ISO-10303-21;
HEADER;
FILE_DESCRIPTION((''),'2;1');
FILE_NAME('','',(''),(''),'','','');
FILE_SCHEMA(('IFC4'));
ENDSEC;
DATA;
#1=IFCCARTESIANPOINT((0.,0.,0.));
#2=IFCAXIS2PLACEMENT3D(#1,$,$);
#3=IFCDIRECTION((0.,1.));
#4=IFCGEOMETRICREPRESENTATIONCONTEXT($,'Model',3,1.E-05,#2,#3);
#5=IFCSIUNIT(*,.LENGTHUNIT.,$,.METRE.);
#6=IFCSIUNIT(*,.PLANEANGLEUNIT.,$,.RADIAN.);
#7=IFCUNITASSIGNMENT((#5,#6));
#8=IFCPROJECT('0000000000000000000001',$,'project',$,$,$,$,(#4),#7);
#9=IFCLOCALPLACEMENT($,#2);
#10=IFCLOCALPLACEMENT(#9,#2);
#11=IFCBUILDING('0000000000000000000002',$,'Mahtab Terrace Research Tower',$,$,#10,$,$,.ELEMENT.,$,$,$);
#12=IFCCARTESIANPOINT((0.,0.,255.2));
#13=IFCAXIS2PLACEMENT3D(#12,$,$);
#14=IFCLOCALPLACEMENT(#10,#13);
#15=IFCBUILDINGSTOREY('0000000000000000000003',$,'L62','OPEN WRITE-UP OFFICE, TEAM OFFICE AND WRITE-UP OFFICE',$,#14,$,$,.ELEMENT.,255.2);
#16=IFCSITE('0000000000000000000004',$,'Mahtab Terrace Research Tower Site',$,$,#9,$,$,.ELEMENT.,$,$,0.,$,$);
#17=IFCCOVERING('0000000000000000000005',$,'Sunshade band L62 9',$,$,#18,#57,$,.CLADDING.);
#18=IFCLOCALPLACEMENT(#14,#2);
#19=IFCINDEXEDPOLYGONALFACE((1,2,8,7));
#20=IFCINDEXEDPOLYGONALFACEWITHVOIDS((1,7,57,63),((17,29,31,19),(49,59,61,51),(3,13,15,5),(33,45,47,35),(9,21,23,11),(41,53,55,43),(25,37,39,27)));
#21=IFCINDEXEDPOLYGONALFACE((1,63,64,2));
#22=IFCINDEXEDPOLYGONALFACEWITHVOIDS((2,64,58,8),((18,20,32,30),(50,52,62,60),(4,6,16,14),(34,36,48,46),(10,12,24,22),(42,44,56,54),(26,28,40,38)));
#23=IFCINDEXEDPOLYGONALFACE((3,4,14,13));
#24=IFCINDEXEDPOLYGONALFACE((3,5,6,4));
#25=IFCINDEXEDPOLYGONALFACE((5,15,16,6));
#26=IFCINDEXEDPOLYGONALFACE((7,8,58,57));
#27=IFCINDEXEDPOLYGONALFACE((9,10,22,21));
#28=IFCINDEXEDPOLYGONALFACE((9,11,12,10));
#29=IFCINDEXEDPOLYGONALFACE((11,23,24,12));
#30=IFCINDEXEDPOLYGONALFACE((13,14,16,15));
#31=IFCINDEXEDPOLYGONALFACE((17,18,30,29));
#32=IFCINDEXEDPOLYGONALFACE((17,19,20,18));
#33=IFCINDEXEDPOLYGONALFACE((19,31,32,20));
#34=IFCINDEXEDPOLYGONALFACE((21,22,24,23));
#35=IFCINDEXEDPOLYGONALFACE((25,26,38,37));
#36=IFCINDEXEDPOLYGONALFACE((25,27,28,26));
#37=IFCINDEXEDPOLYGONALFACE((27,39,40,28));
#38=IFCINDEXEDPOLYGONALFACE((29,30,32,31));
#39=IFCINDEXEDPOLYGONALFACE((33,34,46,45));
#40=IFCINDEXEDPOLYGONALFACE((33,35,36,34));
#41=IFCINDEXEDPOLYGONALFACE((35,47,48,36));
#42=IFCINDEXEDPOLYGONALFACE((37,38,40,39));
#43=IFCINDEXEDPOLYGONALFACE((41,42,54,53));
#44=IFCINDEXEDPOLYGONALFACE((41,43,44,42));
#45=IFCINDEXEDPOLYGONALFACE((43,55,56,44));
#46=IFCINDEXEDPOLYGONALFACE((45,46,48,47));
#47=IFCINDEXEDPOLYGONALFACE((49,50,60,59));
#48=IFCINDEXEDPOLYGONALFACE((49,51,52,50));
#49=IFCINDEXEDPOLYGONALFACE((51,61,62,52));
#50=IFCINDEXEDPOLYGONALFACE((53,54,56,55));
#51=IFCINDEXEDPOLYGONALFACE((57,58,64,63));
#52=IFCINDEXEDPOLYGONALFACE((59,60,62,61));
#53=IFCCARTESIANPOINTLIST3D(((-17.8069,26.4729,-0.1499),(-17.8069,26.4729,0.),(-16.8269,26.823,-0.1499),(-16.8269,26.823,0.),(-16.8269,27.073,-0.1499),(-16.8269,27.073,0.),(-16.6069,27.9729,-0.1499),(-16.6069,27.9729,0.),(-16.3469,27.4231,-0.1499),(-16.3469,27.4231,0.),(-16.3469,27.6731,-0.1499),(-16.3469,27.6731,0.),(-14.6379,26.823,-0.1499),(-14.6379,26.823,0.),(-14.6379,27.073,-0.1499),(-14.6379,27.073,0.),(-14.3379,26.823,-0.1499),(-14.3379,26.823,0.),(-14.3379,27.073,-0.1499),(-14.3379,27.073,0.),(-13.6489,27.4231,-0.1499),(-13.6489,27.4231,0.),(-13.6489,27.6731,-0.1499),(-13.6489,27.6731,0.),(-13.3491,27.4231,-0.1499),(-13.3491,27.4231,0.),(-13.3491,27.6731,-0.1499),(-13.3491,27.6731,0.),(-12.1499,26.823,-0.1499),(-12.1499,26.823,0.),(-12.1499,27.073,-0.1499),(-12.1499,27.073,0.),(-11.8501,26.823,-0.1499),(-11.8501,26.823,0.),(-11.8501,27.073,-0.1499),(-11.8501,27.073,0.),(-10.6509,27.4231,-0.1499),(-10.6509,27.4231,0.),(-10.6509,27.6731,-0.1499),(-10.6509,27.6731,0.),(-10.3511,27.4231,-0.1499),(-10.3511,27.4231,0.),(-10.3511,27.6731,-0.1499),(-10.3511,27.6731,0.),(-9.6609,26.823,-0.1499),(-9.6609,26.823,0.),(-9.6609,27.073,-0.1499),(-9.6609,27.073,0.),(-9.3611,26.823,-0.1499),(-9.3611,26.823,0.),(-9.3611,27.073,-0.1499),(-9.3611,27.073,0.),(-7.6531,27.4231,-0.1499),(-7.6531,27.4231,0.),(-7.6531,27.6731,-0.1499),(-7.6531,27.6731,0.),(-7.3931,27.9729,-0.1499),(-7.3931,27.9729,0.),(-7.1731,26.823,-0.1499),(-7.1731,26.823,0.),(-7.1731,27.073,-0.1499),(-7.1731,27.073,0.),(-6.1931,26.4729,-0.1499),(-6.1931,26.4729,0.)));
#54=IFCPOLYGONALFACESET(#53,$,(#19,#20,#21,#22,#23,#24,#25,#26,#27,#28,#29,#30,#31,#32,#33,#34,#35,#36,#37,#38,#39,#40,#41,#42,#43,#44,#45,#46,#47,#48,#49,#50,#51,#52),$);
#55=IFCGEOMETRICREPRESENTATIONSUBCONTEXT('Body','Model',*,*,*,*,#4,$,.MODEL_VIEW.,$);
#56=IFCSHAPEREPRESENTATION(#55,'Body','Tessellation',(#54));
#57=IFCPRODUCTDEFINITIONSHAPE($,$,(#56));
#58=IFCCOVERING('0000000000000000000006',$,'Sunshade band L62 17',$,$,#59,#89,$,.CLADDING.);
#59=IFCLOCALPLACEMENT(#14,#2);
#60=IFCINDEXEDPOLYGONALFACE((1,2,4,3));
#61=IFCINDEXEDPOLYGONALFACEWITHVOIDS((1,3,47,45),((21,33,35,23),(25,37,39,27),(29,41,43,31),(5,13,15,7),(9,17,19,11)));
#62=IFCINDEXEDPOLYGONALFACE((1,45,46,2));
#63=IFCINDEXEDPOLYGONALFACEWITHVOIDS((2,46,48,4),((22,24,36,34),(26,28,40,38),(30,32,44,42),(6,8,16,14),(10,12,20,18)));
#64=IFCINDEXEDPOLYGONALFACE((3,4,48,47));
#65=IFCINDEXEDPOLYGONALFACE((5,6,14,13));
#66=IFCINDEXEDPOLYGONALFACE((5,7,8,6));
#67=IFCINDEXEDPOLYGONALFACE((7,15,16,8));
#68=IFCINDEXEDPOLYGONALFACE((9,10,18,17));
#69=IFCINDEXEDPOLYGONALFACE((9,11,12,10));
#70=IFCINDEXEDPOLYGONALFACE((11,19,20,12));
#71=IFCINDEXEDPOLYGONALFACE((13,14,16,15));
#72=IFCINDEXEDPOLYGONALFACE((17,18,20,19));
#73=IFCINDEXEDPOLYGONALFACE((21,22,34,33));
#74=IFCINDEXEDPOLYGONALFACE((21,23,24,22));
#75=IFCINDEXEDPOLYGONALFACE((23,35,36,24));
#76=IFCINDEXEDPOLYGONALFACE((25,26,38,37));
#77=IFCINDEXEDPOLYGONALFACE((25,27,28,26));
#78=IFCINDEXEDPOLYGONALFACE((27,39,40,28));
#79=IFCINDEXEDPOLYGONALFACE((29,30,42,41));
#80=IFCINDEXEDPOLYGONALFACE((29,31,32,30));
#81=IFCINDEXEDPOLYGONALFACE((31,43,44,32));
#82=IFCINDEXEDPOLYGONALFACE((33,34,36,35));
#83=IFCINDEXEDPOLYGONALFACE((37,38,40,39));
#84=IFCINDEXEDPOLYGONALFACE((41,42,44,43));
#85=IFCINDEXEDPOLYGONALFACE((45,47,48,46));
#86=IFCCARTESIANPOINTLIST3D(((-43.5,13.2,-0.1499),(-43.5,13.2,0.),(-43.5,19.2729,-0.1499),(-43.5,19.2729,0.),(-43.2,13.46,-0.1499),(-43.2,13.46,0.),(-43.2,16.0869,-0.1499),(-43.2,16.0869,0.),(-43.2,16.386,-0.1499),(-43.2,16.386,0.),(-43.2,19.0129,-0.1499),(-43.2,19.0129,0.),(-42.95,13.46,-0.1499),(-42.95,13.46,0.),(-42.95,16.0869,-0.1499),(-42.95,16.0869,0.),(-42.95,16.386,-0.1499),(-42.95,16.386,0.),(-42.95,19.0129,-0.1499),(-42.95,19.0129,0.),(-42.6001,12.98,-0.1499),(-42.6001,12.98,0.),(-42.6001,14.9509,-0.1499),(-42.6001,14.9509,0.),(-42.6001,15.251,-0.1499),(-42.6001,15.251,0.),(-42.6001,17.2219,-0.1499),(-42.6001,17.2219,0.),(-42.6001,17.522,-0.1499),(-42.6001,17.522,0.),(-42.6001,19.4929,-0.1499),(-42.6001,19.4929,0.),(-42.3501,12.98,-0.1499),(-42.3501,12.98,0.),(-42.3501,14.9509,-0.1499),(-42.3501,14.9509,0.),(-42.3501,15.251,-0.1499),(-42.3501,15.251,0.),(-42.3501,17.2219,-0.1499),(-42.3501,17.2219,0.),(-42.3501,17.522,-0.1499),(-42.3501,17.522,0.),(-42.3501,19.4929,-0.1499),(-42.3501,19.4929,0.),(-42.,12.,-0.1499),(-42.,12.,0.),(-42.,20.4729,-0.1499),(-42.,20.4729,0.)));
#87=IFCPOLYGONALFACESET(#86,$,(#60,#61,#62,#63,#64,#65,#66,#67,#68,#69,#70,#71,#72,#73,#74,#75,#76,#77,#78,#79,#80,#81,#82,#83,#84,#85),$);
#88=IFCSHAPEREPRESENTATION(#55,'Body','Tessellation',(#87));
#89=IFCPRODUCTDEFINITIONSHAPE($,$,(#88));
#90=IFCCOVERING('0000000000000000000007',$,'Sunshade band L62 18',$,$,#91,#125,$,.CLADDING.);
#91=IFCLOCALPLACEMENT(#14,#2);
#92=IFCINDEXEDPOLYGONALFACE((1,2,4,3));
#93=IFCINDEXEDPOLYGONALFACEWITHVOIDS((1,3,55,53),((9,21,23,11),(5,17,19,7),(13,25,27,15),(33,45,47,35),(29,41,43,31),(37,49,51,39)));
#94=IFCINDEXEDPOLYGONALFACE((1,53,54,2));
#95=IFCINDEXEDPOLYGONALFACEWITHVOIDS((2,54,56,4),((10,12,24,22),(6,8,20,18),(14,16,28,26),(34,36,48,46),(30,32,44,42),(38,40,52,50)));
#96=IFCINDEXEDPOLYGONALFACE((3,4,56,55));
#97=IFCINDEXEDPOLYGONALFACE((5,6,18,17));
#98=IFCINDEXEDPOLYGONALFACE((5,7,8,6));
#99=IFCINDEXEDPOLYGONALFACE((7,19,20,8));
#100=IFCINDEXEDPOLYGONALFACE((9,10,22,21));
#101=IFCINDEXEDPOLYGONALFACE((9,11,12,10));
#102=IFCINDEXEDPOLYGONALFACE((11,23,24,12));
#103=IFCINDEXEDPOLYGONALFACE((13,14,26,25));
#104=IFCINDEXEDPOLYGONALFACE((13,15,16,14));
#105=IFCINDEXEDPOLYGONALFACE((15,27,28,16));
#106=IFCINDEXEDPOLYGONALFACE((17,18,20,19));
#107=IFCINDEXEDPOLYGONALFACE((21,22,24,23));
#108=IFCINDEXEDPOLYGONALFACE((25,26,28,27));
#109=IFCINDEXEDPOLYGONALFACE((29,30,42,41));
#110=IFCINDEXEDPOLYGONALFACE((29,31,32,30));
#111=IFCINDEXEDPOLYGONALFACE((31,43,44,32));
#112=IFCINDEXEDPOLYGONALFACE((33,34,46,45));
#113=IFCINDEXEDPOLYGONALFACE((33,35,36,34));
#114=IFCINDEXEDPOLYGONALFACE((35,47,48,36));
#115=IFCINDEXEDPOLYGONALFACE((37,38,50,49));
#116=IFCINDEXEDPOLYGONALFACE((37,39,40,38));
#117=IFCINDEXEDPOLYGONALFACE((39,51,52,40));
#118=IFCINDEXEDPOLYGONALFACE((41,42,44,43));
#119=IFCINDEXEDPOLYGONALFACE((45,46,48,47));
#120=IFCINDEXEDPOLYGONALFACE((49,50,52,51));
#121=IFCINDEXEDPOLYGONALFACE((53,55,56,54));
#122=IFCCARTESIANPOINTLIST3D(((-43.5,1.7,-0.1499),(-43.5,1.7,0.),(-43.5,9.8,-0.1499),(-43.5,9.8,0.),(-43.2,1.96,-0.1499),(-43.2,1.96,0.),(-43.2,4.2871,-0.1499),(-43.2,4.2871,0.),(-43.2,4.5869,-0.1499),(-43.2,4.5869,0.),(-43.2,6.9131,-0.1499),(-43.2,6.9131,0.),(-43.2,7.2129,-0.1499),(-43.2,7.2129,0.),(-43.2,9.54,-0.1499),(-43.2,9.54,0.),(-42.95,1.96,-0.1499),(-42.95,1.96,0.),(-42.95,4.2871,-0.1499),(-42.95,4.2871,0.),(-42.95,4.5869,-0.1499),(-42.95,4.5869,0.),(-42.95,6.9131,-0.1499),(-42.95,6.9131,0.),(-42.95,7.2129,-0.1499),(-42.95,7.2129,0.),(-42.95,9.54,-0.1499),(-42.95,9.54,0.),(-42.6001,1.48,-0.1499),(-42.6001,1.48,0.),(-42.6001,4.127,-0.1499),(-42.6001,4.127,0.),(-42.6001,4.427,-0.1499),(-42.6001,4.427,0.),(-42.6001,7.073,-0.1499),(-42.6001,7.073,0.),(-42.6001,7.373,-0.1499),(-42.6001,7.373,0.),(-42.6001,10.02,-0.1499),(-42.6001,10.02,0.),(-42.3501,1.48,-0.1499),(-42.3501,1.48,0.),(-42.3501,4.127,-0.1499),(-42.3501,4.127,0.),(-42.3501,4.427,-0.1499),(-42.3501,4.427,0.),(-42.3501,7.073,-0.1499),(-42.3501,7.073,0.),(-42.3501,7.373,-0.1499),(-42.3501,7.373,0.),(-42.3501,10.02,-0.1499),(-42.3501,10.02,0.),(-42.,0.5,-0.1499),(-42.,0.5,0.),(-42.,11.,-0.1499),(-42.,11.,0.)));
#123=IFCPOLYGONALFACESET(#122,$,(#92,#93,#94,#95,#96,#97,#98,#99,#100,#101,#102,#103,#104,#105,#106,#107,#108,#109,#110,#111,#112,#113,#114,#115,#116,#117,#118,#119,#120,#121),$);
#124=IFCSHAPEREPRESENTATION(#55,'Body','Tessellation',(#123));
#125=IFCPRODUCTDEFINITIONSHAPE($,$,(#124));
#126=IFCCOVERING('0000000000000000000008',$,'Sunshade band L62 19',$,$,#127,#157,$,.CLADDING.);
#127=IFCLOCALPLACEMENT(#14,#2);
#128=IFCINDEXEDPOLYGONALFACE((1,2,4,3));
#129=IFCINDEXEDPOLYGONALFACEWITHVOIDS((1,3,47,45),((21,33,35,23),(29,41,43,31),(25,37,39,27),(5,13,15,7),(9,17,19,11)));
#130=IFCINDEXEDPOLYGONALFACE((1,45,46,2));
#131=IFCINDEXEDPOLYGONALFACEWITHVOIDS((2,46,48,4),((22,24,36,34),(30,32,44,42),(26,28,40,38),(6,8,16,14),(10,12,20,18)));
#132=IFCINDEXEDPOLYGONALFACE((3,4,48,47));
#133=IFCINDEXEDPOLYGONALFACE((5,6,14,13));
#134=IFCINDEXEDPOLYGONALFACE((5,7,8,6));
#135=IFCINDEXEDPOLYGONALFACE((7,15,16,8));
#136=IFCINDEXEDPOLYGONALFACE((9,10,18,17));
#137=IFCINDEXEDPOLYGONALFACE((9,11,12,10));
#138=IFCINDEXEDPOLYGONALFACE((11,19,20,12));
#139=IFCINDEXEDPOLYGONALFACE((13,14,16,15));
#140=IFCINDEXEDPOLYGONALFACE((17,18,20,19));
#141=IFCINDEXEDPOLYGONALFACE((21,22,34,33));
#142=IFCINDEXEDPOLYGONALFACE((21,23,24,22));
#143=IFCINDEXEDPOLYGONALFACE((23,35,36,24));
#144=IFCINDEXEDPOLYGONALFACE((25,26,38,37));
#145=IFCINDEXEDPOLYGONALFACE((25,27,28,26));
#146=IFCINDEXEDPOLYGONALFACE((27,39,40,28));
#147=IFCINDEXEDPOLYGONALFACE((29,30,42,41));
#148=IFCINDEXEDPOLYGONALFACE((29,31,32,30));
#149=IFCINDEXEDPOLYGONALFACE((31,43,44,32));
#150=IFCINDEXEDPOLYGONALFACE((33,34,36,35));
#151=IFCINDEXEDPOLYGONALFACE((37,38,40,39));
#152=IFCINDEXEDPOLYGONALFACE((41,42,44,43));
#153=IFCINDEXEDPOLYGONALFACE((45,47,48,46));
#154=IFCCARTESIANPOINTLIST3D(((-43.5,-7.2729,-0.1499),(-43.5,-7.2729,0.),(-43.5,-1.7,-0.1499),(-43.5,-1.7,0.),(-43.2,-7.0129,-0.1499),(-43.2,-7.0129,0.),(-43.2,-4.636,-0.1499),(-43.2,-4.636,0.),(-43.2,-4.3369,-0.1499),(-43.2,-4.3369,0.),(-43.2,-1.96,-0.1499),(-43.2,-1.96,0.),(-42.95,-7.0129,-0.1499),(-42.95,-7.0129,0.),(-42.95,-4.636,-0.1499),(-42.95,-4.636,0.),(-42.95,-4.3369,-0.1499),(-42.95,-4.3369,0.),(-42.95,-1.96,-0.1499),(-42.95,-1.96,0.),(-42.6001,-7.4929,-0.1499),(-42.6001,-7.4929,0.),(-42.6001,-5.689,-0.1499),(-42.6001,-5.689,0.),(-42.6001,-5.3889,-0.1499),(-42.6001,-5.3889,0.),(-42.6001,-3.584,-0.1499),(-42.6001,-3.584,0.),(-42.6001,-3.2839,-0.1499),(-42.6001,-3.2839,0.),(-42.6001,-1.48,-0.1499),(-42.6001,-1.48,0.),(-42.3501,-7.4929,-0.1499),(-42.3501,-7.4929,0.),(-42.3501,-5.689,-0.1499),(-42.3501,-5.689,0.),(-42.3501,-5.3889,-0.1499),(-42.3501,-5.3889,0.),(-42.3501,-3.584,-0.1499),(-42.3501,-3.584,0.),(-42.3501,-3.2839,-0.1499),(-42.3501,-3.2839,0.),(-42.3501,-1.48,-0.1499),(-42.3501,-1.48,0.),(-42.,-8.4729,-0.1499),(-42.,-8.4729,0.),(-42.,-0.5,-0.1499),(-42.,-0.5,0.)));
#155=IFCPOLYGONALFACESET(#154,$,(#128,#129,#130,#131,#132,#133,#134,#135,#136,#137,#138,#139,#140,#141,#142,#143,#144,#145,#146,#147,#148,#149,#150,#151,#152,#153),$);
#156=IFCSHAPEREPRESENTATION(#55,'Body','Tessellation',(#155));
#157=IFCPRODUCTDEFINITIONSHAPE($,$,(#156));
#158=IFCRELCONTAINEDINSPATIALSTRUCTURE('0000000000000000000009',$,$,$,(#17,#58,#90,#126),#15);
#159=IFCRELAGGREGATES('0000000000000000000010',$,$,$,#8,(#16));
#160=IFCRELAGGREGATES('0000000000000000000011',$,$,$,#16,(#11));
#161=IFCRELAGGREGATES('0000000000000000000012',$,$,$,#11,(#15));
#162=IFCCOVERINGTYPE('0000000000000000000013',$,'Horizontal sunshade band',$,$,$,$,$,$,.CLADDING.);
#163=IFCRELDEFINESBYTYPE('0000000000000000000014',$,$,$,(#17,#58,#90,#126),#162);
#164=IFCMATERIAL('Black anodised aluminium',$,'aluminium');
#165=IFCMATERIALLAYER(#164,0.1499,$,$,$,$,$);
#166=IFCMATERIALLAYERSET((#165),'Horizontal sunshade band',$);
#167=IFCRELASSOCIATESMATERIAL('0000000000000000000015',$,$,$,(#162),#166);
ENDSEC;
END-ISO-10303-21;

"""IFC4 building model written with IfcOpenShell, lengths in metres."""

from ifc_helpers import new_model, si_unit, direction, frame, origin, place, context, subcontext, project, spatial, polyline, outline, extrude, material, layer, layer_set, type_object, element, save


model = new_model("IFC4")

# Units and contexts
model_context = context("Model", 3, precision=1e-05, world=origin(), true_north=direction((0.0, 1.0)))
body_context = subcontext(model_context, "Body", "Model", "MODEL_VIEW")
ifc_project = project(units=[si_unit("LENGTHUNIT", "METRE"), si_unit("PLANEANGLEUNIT", "RADIAN")], contexts=[model_context])

# Site, building, storey
site_placement = place(None, origin())
site = spatial("IfcSite", under=ifc_project, at=site_placement, Name="Mahtab Terrace Research Tower Site", CompositionType="ELEMENT", RefElevation=0.0)
building_placement = place(site_placement, origin())
building = spatial("IfcBuilding", under=site, at=building_placement, Name="Mahtab Terrace Research Tower", CompositionType="ELEMENT")
storey_placement = place(building_placement, frame((0.0, 0.0, 255.2)))
storey = spatial("IfcBuildingStorey", under=building, at=storey_placement, Name="L62", Description="OPEN WRITE-UP OFFICE, TEAM OFFICE AND WRITE-UP OFFICE", CompositionType="ELEMENT", Elevation=255.2)

# Coverings
ifc_material_1 = material(Name="Black anodised aluminium", Category="aluminium")
ifc_layer_1 = layer(ifc_material_1, 0.1499)
ifc_layer_set_1 = layer_set([ifc_layer_1], Name="Horizontal sunshade band")
covering_type_1 = type_object("IfcCoveringType", Name="Horizontal sunshade band", PredefinedType="CLADDING", material=ifc_layer_set_1)
covering_1_placement = place(storey_placement, frame((0.0, 0.0, -0.1499)))
element("IfcCovering", 1, at=covering_1_placement, inside=storey, type_object=covering_type_1, Name="Sunshade band L62 9", PredefinedType="CLADDING", context=body_context, shape_type="SweptSolid", body=[
    extrude(outline(polyline([(-6.1931, 26.4729), (-17.8069, 26.4729), (-16.6069, 27.9729), (-7.3931, 27.9729), (-6.1931, 26.4729)]), holes=[polyline([(-7.1731, 26.823), (-9.3611, 26.823), (-9.3611, 27.073), (-7.1731, 27.073), (-7.1731, 26.823)]), polyline([(-9.6609, 26.823), (-11.8501, 26.823), (-11.8501, 27.073), (-9.6609, 27.073), (-9.6609, 26.823)]), polyline([(-12.1499, 26.823), (-14.3379, 26.823), (-14.3379, 27.073), (-12.1499, 27.073), (-12.1499, 26.823)]), polyline([(-14.6379, 26.823), (-16.8269, 26.823), (-16.8269, 27.073), (-14.6379, 27.073), (-14.6379, 26.823)]), polyline([(-7.6531, 27.4231), (-10.3511, 27.4231), (-10.3511, 27.6731), (-7.6531, 27.6731), (-7.6531, 27.4231)]), polyline([(-10.6509, 27.4231), (-13.3491, 27.4231), (-13.3491, 27.6731), (-10.6509, 27.6731), (-10.6509, 27.4231)]), polyline([(-13.6489, 27.4231), (-16.3469, 27.4231), (-16.3469, 27.6731), (-13.6489, 27.6731), (-13.6489, 27.4231)])]), origin(), (0.0, 0.0, 1.0), 0.1499),
])
covering_2_placement = place(storey_placement, frame((0.0, 0.0, -0.1499)))
element("IfcCovering", 2, at=covering_2_placement, inside=storey, type_object=covering_type_1, Name="Sunshade band L62 17", PredefinedType="CLADDING", context=body_context, shape_type="SweptSolid", body=[
    extrude(outline(polyline([(-42.0, 20.4729), (-42.0, 12.0), (-43.5, 13.2), (-43.5, 19.2729), (-42.0, 20.4729)]), holes=[polyline([(-42.3501, 19.4929), (-42.3501, 17.522), (-42.6001, 17.522), (-42.6001, 19.4929), (-42.3501, 19.4929)]), polyline([(-42.3501, 17.2219), (-42.3501, 15.251), (-42.6001, 15.251), (-42.6001, 17.2219), (-42.3501, 17.2219)]), polyline([(-42.3501, 14.9509), (-42.3501, 12.98), (-42.6001, 12.98), (-42.6001, 14.9509), (-42.3501, 14.9509)]), polyline([(-42.95, 19.0129), (-42.95, 16.386), (-43.2, 16.386), (-43.2, 19.0129), (-42.95, 19.0129)]), polyline([(-42.95, 16.0869), (-42.95, 13.46), (-43.2, 13.46), (-43.2, 16.0869), (-42.95, 16.0869)])]), origin(), (0.0, 0.0, 1.0), 0.1499),
])
covering_3_placement = place(storey_placement, frame((0.0, 0.0, -0.1499)))
element("IfcCovering", 3, at=covering_3_placement, inside=storey, type_object=covering_type_1, Name="Sunshade band L62 18", PredefinedType="CLADDING", context=body_context, shape_type="SweptSolid", body=[
    extrude(outline(polyline([(-42.0, 11.0), (-42.0, 0.5), (-43.5, 1.7), (-43.5, 9.8), (-42.0, 11.0)]), holes=[polyline([(-42.3501, 10.02), (-42.3501, 7.373), (-42.6001, 7.373), (-42.6001, 10.02), (-42.3501, 10.02)]), polyline([(-42.3501, 7.073), (-42.3501, 4.427), (-42.6001, 4.427), (-42.6001, 7.073), (-42.3501, 7.073)]), polyline([(-42.3501, 4.127), (-42.3501, 1.48), (-42.6001, 1.48), (-42.6001, 4.127), (-42.3501, 4.127)]), polyline([(-42.95, 9.54), (-42.95, 7.2129), (-43.2, 7.2129), (-43.2, 9.54), (-42.95, 9.54)]), polyline([(-42.95, 6.9131), (-42.95, 4.5869), (-43.2, 4.5869), (-43.2, 6.9131), (-42.95, 6.9131)]), polyline([(-42.95, 4.2871), (-42.95, 1.96), (-43.2, 1.96), (-43.2, 4.2871), (-42.95, 4.2871)])]), origin(), (0.0, 0.0, 1.0), 0.1499),
])
covering_4_placement = place(storey_placement, frame((0.0, 0.0, -0.1499)))
element("IfcCovering", 4, at=covering_4_placement, inside=storey, type_object=covering_type_1, Name="Sunshade band L62 19", PredefinedType="CLADDING", context=body_context, shape_type="SweptSolid", body=[
    extrude(outline(polyline([(-42.0, -0.5), (-42.0, -8.4729), (-43.5, -7.2729), (-43.5, -1.7), (-42.0, -0.5)]), holes=[polyline([(-42.3501, -1.48), (-42.3501, -3.2839), (-42.6001, -3.2839), (-42.6001, -1.48), (-42.3501, -1.48)]), polyline([(-42.3501, -3.584), (-42.3501, -5.3889), (-42.6001, -5.3889), (-42.6001, -3.584), (-42.3501, -3.584)]), polyline([(-42.3501, -5.689), (-42.3501, -7.4929), (-42.6001, -7.4929), (-42.6001, -5.689), (-42.3501, -5.689)]), polyline([(-42.95, -1.96), (-42.95, -4.3369), (-43.2, -4.3369), (-43.2, -1.96), (-42.95, -1.96)]), polyline([(-42.95, -4.636), (-42.95, -7.0129), (-43.2, -7.0129), (-43.2, -4.636), (-42.95, -4.636)])]), origin(), (0.0, 0.0, 1.0), 0.1499),
])

save(model, "model.ifc")
